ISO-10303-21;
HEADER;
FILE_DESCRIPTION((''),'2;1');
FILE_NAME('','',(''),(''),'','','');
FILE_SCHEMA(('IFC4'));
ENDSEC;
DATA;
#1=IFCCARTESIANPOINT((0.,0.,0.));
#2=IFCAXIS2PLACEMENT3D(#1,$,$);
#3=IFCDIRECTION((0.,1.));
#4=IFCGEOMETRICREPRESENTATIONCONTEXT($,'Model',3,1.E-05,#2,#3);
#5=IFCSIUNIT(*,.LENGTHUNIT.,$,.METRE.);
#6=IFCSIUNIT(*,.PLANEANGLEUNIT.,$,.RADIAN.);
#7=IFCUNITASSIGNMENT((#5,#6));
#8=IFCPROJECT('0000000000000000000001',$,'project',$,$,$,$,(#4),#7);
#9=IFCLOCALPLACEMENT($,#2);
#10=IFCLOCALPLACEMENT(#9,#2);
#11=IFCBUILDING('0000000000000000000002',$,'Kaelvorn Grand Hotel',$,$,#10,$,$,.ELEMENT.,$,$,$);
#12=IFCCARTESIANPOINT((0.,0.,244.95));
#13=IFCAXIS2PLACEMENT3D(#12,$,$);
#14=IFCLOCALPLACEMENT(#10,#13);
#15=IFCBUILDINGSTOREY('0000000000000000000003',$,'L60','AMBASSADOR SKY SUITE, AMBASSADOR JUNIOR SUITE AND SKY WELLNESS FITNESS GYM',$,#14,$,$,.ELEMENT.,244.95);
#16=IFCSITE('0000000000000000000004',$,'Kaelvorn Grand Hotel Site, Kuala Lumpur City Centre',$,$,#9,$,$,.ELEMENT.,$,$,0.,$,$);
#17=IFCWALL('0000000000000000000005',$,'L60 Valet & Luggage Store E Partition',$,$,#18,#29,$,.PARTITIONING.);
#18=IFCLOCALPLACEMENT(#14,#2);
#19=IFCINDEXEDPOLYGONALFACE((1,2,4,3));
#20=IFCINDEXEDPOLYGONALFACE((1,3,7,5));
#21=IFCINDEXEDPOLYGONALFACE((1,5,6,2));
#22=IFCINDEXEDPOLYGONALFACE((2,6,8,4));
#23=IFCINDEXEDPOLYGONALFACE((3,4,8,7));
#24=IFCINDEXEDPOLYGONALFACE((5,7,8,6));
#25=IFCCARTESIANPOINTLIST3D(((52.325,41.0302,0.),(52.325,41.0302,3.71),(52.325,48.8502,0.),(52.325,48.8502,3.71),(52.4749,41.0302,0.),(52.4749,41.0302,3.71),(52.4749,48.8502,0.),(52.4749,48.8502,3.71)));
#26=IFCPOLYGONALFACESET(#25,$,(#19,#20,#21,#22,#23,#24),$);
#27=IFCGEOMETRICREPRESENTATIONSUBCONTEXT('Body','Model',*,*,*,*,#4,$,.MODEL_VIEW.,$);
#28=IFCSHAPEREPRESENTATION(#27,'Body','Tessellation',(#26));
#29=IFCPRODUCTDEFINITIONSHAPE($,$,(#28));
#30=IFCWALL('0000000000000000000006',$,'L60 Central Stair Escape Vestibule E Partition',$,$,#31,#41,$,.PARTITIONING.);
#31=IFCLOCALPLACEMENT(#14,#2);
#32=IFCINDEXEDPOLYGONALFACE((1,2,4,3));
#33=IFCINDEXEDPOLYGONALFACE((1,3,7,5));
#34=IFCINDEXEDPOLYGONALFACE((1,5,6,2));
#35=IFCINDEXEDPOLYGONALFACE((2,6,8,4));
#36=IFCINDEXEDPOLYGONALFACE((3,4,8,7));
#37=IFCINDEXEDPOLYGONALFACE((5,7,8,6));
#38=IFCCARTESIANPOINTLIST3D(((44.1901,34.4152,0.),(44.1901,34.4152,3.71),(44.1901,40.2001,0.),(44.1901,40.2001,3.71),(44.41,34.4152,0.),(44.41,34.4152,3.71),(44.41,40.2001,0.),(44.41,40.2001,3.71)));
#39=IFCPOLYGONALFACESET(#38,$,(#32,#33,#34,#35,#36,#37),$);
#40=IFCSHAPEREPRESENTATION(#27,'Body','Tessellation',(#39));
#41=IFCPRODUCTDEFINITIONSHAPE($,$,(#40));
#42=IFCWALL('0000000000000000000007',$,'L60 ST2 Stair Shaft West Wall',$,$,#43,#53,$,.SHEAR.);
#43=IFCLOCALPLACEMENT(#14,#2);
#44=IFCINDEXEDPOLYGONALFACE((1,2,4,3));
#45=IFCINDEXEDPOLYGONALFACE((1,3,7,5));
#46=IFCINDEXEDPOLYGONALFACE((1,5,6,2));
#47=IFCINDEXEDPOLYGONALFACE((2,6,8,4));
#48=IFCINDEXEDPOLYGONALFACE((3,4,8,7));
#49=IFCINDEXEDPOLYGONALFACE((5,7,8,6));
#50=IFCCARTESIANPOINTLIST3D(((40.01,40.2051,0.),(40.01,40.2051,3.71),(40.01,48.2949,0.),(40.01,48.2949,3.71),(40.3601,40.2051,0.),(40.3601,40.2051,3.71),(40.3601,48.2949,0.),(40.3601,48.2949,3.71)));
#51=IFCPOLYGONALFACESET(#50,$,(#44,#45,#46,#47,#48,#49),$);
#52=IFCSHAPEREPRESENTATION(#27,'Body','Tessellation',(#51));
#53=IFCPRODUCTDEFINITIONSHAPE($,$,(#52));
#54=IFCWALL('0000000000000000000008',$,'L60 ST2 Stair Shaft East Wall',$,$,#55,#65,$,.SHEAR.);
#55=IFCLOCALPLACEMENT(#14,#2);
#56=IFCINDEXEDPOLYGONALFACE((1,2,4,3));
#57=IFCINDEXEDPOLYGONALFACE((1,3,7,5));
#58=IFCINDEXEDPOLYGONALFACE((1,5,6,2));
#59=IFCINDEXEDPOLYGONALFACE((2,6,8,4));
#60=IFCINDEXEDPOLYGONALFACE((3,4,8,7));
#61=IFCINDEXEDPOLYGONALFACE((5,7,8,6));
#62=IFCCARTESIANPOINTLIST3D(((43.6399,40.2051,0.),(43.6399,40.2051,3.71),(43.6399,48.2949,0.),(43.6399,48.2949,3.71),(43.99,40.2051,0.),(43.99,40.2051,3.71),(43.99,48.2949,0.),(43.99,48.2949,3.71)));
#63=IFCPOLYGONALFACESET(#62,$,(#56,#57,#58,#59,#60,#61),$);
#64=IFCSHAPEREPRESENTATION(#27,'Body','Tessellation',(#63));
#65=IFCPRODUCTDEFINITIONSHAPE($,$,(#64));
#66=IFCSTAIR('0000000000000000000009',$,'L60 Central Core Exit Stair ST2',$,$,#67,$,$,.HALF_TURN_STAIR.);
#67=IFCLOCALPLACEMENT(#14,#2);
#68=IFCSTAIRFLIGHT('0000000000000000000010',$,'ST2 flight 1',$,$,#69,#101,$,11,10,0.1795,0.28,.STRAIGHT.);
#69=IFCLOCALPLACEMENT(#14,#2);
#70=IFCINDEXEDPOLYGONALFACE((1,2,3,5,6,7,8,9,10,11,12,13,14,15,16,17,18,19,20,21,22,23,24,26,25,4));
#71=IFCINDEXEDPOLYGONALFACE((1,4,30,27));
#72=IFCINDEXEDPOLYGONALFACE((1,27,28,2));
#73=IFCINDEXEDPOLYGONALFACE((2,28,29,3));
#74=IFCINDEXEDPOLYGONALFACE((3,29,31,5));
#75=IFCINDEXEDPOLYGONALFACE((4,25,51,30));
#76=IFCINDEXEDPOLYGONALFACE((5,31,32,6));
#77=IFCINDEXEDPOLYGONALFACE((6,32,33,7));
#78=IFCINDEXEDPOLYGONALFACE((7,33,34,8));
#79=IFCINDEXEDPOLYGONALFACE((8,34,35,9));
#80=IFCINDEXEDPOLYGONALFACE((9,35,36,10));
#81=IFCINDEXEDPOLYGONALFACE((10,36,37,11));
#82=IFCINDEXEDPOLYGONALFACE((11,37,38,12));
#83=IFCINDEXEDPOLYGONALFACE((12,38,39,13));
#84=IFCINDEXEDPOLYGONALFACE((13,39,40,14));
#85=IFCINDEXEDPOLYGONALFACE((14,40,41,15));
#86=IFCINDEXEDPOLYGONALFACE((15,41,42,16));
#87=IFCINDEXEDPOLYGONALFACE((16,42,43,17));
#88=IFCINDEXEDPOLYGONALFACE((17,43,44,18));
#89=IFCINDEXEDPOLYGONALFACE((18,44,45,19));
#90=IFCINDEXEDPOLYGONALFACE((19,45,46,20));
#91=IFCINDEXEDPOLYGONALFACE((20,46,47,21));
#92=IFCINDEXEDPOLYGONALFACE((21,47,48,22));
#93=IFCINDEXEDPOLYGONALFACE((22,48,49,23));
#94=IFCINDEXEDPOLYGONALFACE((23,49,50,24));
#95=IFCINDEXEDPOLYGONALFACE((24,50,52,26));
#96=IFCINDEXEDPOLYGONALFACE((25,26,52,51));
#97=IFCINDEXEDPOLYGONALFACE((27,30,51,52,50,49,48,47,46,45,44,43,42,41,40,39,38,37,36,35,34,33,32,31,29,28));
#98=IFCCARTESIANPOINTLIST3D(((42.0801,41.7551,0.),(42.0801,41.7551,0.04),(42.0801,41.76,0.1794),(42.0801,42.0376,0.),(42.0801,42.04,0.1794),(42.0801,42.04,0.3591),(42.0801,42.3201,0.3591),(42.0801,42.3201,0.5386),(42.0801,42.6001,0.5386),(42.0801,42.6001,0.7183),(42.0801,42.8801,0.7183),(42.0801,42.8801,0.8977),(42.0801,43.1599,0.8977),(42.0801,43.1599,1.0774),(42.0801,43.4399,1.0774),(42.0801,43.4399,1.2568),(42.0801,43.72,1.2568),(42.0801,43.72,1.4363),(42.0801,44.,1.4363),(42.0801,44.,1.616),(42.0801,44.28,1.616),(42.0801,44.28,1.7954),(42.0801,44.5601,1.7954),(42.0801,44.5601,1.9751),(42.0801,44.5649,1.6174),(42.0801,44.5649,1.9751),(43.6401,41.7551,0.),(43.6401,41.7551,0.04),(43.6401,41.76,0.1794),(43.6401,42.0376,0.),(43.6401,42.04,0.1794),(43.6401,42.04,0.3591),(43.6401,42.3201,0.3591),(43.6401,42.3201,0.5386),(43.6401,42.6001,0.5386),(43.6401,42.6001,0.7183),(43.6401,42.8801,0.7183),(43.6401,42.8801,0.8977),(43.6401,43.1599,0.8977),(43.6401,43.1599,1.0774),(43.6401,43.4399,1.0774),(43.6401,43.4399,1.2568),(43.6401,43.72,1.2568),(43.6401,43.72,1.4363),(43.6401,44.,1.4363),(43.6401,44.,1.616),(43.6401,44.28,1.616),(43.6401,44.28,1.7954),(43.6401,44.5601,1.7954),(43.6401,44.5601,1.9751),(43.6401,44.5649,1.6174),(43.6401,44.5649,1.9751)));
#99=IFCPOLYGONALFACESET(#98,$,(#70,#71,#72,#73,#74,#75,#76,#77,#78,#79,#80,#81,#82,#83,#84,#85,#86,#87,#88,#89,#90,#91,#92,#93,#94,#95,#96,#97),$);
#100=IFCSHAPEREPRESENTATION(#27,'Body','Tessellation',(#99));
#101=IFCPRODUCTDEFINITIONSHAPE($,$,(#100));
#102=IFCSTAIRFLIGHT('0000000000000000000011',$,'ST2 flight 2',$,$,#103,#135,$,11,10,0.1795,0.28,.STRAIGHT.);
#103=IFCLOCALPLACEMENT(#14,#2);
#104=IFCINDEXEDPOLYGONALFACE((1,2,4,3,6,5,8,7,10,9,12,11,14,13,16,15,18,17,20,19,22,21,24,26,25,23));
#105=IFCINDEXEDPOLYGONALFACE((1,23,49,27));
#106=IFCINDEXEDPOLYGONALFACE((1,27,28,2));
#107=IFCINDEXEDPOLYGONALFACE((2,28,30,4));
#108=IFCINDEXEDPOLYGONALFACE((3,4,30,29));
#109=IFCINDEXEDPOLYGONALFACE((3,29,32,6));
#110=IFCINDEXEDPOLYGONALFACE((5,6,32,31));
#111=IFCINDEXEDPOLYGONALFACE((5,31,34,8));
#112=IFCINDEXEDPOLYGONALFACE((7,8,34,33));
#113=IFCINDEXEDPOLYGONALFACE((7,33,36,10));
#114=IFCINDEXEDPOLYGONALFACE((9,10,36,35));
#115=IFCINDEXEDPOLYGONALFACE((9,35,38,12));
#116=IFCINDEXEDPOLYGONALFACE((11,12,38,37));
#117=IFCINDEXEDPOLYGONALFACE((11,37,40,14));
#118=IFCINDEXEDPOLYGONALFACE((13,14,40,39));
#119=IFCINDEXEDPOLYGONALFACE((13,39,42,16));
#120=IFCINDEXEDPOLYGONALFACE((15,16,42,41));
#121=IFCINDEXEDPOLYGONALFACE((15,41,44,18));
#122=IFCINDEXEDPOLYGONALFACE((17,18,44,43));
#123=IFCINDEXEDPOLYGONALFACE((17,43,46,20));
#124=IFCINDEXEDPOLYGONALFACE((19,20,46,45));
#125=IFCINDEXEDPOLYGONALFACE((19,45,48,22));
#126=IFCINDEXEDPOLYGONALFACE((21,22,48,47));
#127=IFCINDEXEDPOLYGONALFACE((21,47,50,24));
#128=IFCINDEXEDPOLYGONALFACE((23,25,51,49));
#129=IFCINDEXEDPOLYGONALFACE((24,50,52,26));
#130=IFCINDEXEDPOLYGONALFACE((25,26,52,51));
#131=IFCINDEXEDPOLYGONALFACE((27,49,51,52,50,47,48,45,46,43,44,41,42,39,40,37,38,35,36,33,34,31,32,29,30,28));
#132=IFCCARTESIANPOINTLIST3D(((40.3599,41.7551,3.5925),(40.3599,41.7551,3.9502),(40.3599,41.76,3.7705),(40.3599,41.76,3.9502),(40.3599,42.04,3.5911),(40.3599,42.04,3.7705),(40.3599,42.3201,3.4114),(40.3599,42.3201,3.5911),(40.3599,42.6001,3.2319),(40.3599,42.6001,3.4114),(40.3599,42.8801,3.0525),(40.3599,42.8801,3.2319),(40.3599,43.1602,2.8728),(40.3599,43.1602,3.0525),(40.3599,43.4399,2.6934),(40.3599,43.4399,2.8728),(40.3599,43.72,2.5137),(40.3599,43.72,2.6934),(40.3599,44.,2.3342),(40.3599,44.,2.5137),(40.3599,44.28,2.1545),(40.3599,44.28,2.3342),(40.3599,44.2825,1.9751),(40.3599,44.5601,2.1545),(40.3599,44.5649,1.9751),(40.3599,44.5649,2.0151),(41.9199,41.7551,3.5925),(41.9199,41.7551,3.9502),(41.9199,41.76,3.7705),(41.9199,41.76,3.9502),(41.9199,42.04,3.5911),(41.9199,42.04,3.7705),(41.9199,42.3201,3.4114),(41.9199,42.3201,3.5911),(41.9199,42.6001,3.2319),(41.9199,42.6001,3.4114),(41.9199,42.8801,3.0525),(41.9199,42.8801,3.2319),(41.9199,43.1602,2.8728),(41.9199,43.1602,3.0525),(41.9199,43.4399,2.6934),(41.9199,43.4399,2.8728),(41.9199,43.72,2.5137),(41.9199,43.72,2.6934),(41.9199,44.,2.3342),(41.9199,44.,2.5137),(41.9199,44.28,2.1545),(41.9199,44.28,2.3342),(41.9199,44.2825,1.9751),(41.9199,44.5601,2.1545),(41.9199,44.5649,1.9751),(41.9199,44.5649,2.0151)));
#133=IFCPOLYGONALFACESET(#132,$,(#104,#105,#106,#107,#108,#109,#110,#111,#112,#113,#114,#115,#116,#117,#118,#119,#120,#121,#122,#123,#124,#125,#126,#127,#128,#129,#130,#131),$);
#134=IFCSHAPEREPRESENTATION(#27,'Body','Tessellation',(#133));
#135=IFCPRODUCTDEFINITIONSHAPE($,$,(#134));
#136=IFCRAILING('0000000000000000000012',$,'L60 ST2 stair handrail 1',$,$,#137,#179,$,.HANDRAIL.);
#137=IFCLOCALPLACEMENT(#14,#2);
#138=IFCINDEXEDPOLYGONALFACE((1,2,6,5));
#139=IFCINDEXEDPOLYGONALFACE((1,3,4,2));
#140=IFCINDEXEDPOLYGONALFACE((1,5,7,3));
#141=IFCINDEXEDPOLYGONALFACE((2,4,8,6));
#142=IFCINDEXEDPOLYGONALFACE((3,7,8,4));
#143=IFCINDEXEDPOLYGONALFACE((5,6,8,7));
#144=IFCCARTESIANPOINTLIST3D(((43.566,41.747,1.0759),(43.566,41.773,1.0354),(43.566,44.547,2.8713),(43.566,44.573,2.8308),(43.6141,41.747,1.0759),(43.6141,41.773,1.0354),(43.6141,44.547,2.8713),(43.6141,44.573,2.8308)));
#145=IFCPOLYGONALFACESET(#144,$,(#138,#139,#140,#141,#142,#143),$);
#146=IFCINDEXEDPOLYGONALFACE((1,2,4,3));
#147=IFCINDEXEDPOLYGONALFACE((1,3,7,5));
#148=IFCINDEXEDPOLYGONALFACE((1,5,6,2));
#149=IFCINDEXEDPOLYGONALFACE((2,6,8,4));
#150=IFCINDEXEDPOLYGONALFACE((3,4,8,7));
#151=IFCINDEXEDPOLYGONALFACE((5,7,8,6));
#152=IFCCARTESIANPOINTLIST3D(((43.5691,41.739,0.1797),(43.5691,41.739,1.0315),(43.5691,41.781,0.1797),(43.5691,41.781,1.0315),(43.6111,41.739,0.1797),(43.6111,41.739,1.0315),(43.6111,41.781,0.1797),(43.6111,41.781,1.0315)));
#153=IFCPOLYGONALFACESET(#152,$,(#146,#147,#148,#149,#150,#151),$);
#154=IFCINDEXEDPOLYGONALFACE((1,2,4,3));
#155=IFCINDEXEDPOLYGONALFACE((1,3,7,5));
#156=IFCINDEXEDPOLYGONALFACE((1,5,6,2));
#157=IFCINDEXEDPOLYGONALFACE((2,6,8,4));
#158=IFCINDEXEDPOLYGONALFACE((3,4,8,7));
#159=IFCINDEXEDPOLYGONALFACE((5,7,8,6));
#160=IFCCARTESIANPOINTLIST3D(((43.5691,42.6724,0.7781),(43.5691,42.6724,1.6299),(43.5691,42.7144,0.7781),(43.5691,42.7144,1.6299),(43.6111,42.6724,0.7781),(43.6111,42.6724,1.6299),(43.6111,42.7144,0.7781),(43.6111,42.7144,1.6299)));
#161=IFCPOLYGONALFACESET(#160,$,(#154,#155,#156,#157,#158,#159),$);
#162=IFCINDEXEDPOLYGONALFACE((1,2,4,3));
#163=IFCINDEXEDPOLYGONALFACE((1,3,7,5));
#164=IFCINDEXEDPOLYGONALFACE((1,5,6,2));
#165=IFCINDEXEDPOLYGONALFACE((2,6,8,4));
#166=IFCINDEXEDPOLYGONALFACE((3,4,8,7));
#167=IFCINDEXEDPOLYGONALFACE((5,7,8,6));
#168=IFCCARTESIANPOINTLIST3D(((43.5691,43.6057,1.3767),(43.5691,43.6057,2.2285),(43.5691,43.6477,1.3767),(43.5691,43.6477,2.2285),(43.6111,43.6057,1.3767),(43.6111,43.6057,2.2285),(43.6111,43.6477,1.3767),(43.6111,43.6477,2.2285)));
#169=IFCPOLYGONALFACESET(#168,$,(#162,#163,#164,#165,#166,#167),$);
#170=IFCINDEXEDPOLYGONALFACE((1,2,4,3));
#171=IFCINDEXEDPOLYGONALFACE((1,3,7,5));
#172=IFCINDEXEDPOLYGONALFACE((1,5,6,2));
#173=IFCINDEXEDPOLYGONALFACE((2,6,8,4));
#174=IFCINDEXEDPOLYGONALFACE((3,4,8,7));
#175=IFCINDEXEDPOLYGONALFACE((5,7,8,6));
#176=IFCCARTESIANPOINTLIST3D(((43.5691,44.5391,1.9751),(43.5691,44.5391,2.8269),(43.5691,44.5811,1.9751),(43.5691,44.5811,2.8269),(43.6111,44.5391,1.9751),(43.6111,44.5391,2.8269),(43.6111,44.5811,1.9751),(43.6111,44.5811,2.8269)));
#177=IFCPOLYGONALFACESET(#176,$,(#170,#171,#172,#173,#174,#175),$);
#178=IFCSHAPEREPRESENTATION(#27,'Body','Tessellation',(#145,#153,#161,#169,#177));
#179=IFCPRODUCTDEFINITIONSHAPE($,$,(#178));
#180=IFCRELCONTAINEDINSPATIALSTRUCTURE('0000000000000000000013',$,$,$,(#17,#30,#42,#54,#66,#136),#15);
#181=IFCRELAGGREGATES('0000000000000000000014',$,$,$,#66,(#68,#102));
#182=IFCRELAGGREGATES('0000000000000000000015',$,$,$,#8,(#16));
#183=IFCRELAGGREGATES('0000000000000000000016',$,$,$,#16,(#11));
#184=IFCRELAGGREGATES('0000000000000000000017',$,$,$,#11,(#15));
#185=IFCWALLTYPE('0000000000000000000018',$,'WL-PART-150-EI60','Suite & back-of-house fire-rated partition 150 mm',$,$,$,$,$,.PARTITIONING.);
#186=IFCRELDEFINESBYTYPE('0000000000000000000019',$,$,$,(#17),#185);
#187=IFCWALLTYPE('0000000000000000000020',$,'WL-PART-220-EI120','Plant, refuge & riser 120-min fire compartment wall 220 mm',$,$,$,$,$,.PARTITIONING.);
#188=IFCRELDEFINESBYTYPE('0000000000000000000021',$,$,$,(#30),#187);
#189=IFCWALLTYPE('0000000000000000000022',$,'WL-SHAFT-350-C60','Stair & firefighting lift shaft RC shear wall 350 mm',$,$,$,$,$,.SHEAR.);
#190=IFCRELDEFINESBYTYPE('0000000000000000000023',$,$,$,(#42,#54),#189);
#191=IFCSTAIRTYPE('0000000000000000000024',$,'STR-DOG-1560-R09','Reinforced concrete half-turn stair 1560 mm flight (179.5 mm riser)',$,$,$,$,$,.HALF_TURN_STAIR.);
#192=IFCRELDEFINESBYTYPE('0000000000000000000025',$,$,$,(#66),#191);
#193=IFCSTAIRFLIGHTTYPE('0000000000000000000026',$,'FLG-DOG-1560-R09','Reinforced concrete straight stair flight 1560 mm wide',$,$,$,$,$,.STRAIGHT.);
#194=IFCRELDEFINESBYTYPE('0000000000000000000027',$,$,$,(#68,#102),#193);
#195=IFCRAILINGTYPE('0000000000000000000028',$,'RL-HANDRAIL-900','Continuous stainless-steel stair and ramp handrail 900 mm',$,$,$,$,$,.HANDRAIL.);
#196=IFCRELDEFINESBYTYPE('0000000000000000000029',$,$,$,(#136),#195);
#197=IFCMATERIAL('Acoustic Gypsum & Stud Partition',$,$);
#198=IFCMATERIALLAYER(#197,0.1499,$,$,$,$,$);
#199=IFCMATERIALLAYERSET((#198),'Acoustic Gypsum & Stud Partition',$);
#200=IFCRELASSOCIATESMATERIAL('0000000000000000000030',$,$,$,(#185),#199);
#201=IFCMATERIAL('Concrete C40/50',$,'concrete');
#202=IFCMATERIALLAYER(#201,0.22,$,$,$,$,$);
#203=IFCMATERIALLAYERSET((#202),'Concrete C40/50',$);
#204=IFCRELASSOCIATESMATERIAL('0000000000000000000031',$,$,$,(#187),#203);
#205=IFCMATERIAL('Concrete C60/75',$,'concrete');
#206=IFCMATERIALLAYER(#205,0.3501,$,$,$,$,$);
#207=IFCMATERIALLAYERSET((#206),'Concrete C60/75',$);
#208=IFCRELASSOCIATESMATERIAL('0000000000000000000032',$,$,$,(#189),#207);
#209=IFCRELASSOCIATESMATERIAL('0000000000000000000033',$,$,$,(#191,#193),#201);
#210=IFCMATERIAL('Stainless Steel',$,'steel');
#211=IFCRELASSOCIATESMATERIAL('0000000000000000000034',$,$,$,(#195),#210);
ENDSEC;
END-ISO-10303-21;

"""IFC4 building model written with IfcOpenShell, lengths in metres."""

from ifc_helpers import new_model, si_unit, direction, frame, frame_2d, origin, origin_2d, place, context, subcontext, project, spatial, polyline, rectangle, outline, extrude, material, layer, layer_set, type_object, element, aggregate, save


model = new_model("IFC4")

# Units and contexts
model_context = context("Model", 3, precision=1e-05, world=origin(), true_north=direction((0.0, 1.0)))
body_context = subcontext(model_context, "Body", "Model", "MODEL_VIEW")
ifc_project = project(units=[si_unit("LENGTHUNIT", "METRE"), si_unit("PLANEANGLEUNIT", "RADIAN")], contexts=[model_context])

# Site, building, storey
site_placement = place(None, origin())
site = spatial("IfcSite", under=ifc_project, at=site_placement, Name="Kaelvorn Grand Hotel Site, Kuala Lumpur City Centre", CompositionType="ELEMENT", RefElevation=0.0)
building_placement = place(site_placement, origin())
building = spatial("IfcBuilding", under=site, at=building_placement, Name="Kaelvorn Grand Hotel", CompositionType="ELEMENT")
storey_placement = place(building_placement, frame((0.0, 0.0, 244.95)))
storey = spatial("IfcBuildingStorey", under=building, at=storey_placement, Name="L60", Description="AMBASSADOR SKY SUITE, AMBASSADOR JUNIOR SUITE AND SKY WELLNESS FITNESS GYM", CompositionType="ELEMENT", Elevation=244.95)

# Shared definitions
ifc_material_1 = material(Name="Acoustic Gypsum & Stud Partition")
ifc_layer_1 = layer(ifc_material_1, 0.1499)
ifc_layer_set_1 = layer_set([ifc_layer_1], Name="Acoustic Gypsum & Stud Partition")
wall_type_1 = type_object("IfcWallType", Name="WL-PART-150-EI60", Description="Suite & back-of-house fire-rated partition 150 mm", PredefinedType="PARTITIONING", material=ifc_layer_set_1)

# Walls
wall_1_placement = place(storey_placement, frame((52.3999, 41.03, 0.0), z_axis=(0.0, 0.0, 1.0), x_axis=(0.0, 1.0, 0.0)))
element("IfcWall", 1, at=wall_1_placement, inside=storey, type_object=wall_type_1, Name="L60 Valet & Luggage Store E Partition", PredefinedType="PARTITIONING", context=body_context, shape_type="SweptSolid", body=[
    extrude(rectangle(XDim=7.8201, YDim=0.1499, at=frame_2d((3.9102, 0.0))), origin(), (0.0, 0.0, 1.0), 3.71),
])
ifc_material_2 = material(Name="Concrete C40/50", Category="concrete")
ifc_layer_2 = layer(ifc_material_2, 0.22)
ifc_layer_set_2 = layer_set([ifc_layer_2], Name="Concrete C40/50")
wall_type_2 = type_object("IfcWallType", Name="WL-PART-220-EI120", Description="Plant, refuge & riser 120-min fire compartment wall 220 mm", PredefinedType="PARTITIONING", material=ifc_layer_set_2)
wall_2_placement = place(storey_placement, frame((44.3, 34.415, 0.0), z_axis=(0.0, 0.0, 1.0), x_axis=(0.0, 1.0, 0.0)))
element("IfcWall", 2, at=wall_2_placement, inside=storey, type_object=wall_type_2, Name="L60 Central Stair Escape Vestibule E Partition", PredefinedType="PARTITIONING", context=body_context, shape_type="SweptSolid", body=[
    extrude(rectangle(XDim=5.7849, YDim=0.22, at=frame_2d((2.8926, 0.0))), origin(), (0.0, 0.0, 1.0), 3.71),
])
ifc_material_3 = material(Name="Concrete C60/75", Category="concrete")
ifc_layer_3 = layer(ifc_material_3, 0.3501)
ifc_layer_set_3 = layer_set([ifc_layer_3], Name="Concrete C60/75")
wall_type_3 = type_object("IfcWallType", Name="WL-SHAFT-350-C60", Description="Stair & firefighting lift shaft RC shear wall 350 mm", PredefinedType="SHEAR", material=ifc_layer_set_3)
for number, where, z_axis, x_axis, name in (
    (3, (40.1851, 40.2051, 0.0), (0.0, 0.0, 1.0), (0.0, 1.0, 0.0), "L60 ST2 Stair Shaft West Wall"),
    (4, (43.8149, 40.2051, 0.0), (0.0, 0.0, 1.0), (0.0, 1.0, 0.0), "L60 ST2 Stair Shaft East Wall"),
):
    element("IfcWall", number, at=place(storey_placement, frame(where, z_axis=z_axis, x_axis=x_axis)), inside=storey, type_object=wall_type_3, Name=name, PredefinedType="SHEAR", context=body_context, shape_type="SweptSolid", body=[
        extrude(rectangle(XDim=8.0898, YDim=0.3501, at=frame_2d((4.0449, 0.0))), origin(), (0.0, 0.0, 1.0), 3.71),
    ])

# Stair, stair flights
stair_type = type_object("IfcStairType", Name="STR-DOG-1560-R09", Description="Reinforced concrete half-turn stair 1560 mm flight (179.5 mm riser)", PredefinedType="HALF_TURN_STAIR", material=ifc_material_2)
stair_placement = place(storey_placement, origin())
stair = element("IfcStair", 5, at=stair_placement, inside=storey, type_object=stair_type, Name="L60 Central Core Exit Stair ST2", PredefinedType="HALF_TURN_STAIR")
stair_flight_type = type_object("IfcStairFlightType", Name="FLG-DOG-1560-R09", Description="Reinforced concrete straight stair flight 1560 mm wide", PredefinedType="STRAIGHT", material=ifc_material_2)
stair_flight_1_placement = place(storey_placement, frame((42.8601, 41.76, 0.0), z_axis=(0.0, 0.0, 1.0), x_axis=(0.0, 1.0, 0.0)))
stair_flight_1 = element("IfcStairFlight", 6, at=stair_flight_1_placement, type_object=stair_flight_type, Name="ST2 flight 1", NumberOfRisers=11, NumberOfTreads=10, PredefinedType="STRAIGHT", RiserHeight=0.1795, TreadLength=0.28, context=body_context, shape_type="SweptSolid", body=[
    extrude(outline(polyline([(-0.0049, 0.0), (-0.0049, 0.04), (0.0, 0.1794), (0.28, 0.1794), (0.28, 0.3591), (0.5601, 0.3591), (0.5601, 0.5386), (0.8401, 0.5386), (0.8401, 0.7183), (1.1201, 0.7183), (1.1201, 0.8977), (1.3999, 0.8977), (1.3999, 1.0774), (1.6799, 1.0774), (1.6799, 1.2568), (1.96, 1.2568), (1.96, 1.4363), (2.24, 1.4363), (2.24, 1.616), (2.52, 1.616), (2.52, 1.7954), (2.8, 1.7954), (2.8, 1.9751), (2.8049, 1.9751), (2.8049, 1.6174), (0.2776, 0.0), (-0.0049, 0.0)])), frame((0.0, 0.78, 0.0), z_axis=(0.0, -1.0, 0.0), x_axis=(1.0, 0.0, 0.0)), (0.0, 0.0, 1.0), 1.5601),
])
stair_flight_2_placement = place(storey_placement, frame((41.1399, 44.5601, 1.9751), z_axis=(0.0, 0.0, 1.0), x_axis=(0.0, -1.0, 0.0)))
stair_flight_2 = element("IfcStairFlight", 7, at=stair_flight_2_placement, type_object=stair_flight_type, Name="ST2 flight 2", NumberOfRisers=11, NumberOfTreads=10, PredefinedType="STRAIGHT", RiserHeight=0.1795, TreadLength=0.28, context=body_context, shape_type="SweptSolid", body=[
    extrude(outline(polyline([(-0.0049, 0.0), (-0.0049, 0.04), (0.0, 0.1794), (0.28, 0.1794), (0.28, 0.3591), (0.5601, 0.3591), (0.5601, 0.5386), (0.8401, 0.5386), (0.8401, 0.7183), (1.1201, 0.7183), (1.1201, 0.8977), (1.3999, 0.8977), (1.3999, 1.0774), (1.6799, 1.0774), (1.6799, 1.2568), (1.96, 1.2568), (1.96, 1.4363), (2.24, 1.4363), (2.24, 1.616), (2.52, 1.616), (2.52, 1.7954), (2.8, 1.7954), (2.8, 1.9751), (2.8049, 1.9751), (2.8049, 1.6174), (0.2776, 0.0), (-0.0049, 0.0)])), frame((0.0, 0.78, 0.0), z_axis=(0.0, -1.0, 0.0), x_axis=(1.0, 0.0, 0.0)), (0.0, 0.0, 1.0), 1.5601),
])
aggregate(stair, [stair_flight_1, stair_flight_2])

# Railing
ifc_material_4 = material(Name="Stainless Steel", Category="steel")
railing_type_1 = type_object("IfcRailingType", Name="RL-HANDRAIL-900", Description="Continuous stainless-steel stair and ramp handrail 900 mm", PredefinedType="HANDRAIL", material=ifc_material_4)
railing_1_placement = place(storey_placement, frame((43.5901, 41.76, 0.1797)))
element("IfcRailing", 8, at=railing_1_placement, inside=storey, type_object=railing_type_1, Name="L60 ST2 stair handrail 1", PredefinedType="HANDRAIL", context=body_context, shape_type="SweptSolid", body=[
    extrude(rectangle(XDim=0.0481, YDim=0.0481, at=origin_2d()), frame((0.0, 0.0, 0.876), z_axis=(0.0, 0.84181, 0.539774), x_axis=(-1.0, 0.0, 0.0)), (0.0, 0.0, 1.0), 3.3262),
    extrude(rectangle(XDim=0.042, YDim=0.042, at=origin_2d()), origin(), (0.0, 0.0, 1.0), 0.8518),
    extrude(rectangle(XDim=0.042, YDim=0.042, at=origin_2d()), frame((0.0, 0.9333, 0.5984)), (0.0, 0.0, 1.0), 0.8518),
    extrude(rectangle(XDim=0.042, YDim=0.042, at=origin_2d()), frame((0.0, 1.8667, 1.197)), (0.0, 0.0, 1.0), 0.8518),
    extrude(rectangle(XDim=0.042, YDim=0.042, at=origin_2d()), frame((0.0, 2.8, 1.7954)), (0.0, 0.0, 1.0), 0.8518),
])

save(model, "model.ifc")
